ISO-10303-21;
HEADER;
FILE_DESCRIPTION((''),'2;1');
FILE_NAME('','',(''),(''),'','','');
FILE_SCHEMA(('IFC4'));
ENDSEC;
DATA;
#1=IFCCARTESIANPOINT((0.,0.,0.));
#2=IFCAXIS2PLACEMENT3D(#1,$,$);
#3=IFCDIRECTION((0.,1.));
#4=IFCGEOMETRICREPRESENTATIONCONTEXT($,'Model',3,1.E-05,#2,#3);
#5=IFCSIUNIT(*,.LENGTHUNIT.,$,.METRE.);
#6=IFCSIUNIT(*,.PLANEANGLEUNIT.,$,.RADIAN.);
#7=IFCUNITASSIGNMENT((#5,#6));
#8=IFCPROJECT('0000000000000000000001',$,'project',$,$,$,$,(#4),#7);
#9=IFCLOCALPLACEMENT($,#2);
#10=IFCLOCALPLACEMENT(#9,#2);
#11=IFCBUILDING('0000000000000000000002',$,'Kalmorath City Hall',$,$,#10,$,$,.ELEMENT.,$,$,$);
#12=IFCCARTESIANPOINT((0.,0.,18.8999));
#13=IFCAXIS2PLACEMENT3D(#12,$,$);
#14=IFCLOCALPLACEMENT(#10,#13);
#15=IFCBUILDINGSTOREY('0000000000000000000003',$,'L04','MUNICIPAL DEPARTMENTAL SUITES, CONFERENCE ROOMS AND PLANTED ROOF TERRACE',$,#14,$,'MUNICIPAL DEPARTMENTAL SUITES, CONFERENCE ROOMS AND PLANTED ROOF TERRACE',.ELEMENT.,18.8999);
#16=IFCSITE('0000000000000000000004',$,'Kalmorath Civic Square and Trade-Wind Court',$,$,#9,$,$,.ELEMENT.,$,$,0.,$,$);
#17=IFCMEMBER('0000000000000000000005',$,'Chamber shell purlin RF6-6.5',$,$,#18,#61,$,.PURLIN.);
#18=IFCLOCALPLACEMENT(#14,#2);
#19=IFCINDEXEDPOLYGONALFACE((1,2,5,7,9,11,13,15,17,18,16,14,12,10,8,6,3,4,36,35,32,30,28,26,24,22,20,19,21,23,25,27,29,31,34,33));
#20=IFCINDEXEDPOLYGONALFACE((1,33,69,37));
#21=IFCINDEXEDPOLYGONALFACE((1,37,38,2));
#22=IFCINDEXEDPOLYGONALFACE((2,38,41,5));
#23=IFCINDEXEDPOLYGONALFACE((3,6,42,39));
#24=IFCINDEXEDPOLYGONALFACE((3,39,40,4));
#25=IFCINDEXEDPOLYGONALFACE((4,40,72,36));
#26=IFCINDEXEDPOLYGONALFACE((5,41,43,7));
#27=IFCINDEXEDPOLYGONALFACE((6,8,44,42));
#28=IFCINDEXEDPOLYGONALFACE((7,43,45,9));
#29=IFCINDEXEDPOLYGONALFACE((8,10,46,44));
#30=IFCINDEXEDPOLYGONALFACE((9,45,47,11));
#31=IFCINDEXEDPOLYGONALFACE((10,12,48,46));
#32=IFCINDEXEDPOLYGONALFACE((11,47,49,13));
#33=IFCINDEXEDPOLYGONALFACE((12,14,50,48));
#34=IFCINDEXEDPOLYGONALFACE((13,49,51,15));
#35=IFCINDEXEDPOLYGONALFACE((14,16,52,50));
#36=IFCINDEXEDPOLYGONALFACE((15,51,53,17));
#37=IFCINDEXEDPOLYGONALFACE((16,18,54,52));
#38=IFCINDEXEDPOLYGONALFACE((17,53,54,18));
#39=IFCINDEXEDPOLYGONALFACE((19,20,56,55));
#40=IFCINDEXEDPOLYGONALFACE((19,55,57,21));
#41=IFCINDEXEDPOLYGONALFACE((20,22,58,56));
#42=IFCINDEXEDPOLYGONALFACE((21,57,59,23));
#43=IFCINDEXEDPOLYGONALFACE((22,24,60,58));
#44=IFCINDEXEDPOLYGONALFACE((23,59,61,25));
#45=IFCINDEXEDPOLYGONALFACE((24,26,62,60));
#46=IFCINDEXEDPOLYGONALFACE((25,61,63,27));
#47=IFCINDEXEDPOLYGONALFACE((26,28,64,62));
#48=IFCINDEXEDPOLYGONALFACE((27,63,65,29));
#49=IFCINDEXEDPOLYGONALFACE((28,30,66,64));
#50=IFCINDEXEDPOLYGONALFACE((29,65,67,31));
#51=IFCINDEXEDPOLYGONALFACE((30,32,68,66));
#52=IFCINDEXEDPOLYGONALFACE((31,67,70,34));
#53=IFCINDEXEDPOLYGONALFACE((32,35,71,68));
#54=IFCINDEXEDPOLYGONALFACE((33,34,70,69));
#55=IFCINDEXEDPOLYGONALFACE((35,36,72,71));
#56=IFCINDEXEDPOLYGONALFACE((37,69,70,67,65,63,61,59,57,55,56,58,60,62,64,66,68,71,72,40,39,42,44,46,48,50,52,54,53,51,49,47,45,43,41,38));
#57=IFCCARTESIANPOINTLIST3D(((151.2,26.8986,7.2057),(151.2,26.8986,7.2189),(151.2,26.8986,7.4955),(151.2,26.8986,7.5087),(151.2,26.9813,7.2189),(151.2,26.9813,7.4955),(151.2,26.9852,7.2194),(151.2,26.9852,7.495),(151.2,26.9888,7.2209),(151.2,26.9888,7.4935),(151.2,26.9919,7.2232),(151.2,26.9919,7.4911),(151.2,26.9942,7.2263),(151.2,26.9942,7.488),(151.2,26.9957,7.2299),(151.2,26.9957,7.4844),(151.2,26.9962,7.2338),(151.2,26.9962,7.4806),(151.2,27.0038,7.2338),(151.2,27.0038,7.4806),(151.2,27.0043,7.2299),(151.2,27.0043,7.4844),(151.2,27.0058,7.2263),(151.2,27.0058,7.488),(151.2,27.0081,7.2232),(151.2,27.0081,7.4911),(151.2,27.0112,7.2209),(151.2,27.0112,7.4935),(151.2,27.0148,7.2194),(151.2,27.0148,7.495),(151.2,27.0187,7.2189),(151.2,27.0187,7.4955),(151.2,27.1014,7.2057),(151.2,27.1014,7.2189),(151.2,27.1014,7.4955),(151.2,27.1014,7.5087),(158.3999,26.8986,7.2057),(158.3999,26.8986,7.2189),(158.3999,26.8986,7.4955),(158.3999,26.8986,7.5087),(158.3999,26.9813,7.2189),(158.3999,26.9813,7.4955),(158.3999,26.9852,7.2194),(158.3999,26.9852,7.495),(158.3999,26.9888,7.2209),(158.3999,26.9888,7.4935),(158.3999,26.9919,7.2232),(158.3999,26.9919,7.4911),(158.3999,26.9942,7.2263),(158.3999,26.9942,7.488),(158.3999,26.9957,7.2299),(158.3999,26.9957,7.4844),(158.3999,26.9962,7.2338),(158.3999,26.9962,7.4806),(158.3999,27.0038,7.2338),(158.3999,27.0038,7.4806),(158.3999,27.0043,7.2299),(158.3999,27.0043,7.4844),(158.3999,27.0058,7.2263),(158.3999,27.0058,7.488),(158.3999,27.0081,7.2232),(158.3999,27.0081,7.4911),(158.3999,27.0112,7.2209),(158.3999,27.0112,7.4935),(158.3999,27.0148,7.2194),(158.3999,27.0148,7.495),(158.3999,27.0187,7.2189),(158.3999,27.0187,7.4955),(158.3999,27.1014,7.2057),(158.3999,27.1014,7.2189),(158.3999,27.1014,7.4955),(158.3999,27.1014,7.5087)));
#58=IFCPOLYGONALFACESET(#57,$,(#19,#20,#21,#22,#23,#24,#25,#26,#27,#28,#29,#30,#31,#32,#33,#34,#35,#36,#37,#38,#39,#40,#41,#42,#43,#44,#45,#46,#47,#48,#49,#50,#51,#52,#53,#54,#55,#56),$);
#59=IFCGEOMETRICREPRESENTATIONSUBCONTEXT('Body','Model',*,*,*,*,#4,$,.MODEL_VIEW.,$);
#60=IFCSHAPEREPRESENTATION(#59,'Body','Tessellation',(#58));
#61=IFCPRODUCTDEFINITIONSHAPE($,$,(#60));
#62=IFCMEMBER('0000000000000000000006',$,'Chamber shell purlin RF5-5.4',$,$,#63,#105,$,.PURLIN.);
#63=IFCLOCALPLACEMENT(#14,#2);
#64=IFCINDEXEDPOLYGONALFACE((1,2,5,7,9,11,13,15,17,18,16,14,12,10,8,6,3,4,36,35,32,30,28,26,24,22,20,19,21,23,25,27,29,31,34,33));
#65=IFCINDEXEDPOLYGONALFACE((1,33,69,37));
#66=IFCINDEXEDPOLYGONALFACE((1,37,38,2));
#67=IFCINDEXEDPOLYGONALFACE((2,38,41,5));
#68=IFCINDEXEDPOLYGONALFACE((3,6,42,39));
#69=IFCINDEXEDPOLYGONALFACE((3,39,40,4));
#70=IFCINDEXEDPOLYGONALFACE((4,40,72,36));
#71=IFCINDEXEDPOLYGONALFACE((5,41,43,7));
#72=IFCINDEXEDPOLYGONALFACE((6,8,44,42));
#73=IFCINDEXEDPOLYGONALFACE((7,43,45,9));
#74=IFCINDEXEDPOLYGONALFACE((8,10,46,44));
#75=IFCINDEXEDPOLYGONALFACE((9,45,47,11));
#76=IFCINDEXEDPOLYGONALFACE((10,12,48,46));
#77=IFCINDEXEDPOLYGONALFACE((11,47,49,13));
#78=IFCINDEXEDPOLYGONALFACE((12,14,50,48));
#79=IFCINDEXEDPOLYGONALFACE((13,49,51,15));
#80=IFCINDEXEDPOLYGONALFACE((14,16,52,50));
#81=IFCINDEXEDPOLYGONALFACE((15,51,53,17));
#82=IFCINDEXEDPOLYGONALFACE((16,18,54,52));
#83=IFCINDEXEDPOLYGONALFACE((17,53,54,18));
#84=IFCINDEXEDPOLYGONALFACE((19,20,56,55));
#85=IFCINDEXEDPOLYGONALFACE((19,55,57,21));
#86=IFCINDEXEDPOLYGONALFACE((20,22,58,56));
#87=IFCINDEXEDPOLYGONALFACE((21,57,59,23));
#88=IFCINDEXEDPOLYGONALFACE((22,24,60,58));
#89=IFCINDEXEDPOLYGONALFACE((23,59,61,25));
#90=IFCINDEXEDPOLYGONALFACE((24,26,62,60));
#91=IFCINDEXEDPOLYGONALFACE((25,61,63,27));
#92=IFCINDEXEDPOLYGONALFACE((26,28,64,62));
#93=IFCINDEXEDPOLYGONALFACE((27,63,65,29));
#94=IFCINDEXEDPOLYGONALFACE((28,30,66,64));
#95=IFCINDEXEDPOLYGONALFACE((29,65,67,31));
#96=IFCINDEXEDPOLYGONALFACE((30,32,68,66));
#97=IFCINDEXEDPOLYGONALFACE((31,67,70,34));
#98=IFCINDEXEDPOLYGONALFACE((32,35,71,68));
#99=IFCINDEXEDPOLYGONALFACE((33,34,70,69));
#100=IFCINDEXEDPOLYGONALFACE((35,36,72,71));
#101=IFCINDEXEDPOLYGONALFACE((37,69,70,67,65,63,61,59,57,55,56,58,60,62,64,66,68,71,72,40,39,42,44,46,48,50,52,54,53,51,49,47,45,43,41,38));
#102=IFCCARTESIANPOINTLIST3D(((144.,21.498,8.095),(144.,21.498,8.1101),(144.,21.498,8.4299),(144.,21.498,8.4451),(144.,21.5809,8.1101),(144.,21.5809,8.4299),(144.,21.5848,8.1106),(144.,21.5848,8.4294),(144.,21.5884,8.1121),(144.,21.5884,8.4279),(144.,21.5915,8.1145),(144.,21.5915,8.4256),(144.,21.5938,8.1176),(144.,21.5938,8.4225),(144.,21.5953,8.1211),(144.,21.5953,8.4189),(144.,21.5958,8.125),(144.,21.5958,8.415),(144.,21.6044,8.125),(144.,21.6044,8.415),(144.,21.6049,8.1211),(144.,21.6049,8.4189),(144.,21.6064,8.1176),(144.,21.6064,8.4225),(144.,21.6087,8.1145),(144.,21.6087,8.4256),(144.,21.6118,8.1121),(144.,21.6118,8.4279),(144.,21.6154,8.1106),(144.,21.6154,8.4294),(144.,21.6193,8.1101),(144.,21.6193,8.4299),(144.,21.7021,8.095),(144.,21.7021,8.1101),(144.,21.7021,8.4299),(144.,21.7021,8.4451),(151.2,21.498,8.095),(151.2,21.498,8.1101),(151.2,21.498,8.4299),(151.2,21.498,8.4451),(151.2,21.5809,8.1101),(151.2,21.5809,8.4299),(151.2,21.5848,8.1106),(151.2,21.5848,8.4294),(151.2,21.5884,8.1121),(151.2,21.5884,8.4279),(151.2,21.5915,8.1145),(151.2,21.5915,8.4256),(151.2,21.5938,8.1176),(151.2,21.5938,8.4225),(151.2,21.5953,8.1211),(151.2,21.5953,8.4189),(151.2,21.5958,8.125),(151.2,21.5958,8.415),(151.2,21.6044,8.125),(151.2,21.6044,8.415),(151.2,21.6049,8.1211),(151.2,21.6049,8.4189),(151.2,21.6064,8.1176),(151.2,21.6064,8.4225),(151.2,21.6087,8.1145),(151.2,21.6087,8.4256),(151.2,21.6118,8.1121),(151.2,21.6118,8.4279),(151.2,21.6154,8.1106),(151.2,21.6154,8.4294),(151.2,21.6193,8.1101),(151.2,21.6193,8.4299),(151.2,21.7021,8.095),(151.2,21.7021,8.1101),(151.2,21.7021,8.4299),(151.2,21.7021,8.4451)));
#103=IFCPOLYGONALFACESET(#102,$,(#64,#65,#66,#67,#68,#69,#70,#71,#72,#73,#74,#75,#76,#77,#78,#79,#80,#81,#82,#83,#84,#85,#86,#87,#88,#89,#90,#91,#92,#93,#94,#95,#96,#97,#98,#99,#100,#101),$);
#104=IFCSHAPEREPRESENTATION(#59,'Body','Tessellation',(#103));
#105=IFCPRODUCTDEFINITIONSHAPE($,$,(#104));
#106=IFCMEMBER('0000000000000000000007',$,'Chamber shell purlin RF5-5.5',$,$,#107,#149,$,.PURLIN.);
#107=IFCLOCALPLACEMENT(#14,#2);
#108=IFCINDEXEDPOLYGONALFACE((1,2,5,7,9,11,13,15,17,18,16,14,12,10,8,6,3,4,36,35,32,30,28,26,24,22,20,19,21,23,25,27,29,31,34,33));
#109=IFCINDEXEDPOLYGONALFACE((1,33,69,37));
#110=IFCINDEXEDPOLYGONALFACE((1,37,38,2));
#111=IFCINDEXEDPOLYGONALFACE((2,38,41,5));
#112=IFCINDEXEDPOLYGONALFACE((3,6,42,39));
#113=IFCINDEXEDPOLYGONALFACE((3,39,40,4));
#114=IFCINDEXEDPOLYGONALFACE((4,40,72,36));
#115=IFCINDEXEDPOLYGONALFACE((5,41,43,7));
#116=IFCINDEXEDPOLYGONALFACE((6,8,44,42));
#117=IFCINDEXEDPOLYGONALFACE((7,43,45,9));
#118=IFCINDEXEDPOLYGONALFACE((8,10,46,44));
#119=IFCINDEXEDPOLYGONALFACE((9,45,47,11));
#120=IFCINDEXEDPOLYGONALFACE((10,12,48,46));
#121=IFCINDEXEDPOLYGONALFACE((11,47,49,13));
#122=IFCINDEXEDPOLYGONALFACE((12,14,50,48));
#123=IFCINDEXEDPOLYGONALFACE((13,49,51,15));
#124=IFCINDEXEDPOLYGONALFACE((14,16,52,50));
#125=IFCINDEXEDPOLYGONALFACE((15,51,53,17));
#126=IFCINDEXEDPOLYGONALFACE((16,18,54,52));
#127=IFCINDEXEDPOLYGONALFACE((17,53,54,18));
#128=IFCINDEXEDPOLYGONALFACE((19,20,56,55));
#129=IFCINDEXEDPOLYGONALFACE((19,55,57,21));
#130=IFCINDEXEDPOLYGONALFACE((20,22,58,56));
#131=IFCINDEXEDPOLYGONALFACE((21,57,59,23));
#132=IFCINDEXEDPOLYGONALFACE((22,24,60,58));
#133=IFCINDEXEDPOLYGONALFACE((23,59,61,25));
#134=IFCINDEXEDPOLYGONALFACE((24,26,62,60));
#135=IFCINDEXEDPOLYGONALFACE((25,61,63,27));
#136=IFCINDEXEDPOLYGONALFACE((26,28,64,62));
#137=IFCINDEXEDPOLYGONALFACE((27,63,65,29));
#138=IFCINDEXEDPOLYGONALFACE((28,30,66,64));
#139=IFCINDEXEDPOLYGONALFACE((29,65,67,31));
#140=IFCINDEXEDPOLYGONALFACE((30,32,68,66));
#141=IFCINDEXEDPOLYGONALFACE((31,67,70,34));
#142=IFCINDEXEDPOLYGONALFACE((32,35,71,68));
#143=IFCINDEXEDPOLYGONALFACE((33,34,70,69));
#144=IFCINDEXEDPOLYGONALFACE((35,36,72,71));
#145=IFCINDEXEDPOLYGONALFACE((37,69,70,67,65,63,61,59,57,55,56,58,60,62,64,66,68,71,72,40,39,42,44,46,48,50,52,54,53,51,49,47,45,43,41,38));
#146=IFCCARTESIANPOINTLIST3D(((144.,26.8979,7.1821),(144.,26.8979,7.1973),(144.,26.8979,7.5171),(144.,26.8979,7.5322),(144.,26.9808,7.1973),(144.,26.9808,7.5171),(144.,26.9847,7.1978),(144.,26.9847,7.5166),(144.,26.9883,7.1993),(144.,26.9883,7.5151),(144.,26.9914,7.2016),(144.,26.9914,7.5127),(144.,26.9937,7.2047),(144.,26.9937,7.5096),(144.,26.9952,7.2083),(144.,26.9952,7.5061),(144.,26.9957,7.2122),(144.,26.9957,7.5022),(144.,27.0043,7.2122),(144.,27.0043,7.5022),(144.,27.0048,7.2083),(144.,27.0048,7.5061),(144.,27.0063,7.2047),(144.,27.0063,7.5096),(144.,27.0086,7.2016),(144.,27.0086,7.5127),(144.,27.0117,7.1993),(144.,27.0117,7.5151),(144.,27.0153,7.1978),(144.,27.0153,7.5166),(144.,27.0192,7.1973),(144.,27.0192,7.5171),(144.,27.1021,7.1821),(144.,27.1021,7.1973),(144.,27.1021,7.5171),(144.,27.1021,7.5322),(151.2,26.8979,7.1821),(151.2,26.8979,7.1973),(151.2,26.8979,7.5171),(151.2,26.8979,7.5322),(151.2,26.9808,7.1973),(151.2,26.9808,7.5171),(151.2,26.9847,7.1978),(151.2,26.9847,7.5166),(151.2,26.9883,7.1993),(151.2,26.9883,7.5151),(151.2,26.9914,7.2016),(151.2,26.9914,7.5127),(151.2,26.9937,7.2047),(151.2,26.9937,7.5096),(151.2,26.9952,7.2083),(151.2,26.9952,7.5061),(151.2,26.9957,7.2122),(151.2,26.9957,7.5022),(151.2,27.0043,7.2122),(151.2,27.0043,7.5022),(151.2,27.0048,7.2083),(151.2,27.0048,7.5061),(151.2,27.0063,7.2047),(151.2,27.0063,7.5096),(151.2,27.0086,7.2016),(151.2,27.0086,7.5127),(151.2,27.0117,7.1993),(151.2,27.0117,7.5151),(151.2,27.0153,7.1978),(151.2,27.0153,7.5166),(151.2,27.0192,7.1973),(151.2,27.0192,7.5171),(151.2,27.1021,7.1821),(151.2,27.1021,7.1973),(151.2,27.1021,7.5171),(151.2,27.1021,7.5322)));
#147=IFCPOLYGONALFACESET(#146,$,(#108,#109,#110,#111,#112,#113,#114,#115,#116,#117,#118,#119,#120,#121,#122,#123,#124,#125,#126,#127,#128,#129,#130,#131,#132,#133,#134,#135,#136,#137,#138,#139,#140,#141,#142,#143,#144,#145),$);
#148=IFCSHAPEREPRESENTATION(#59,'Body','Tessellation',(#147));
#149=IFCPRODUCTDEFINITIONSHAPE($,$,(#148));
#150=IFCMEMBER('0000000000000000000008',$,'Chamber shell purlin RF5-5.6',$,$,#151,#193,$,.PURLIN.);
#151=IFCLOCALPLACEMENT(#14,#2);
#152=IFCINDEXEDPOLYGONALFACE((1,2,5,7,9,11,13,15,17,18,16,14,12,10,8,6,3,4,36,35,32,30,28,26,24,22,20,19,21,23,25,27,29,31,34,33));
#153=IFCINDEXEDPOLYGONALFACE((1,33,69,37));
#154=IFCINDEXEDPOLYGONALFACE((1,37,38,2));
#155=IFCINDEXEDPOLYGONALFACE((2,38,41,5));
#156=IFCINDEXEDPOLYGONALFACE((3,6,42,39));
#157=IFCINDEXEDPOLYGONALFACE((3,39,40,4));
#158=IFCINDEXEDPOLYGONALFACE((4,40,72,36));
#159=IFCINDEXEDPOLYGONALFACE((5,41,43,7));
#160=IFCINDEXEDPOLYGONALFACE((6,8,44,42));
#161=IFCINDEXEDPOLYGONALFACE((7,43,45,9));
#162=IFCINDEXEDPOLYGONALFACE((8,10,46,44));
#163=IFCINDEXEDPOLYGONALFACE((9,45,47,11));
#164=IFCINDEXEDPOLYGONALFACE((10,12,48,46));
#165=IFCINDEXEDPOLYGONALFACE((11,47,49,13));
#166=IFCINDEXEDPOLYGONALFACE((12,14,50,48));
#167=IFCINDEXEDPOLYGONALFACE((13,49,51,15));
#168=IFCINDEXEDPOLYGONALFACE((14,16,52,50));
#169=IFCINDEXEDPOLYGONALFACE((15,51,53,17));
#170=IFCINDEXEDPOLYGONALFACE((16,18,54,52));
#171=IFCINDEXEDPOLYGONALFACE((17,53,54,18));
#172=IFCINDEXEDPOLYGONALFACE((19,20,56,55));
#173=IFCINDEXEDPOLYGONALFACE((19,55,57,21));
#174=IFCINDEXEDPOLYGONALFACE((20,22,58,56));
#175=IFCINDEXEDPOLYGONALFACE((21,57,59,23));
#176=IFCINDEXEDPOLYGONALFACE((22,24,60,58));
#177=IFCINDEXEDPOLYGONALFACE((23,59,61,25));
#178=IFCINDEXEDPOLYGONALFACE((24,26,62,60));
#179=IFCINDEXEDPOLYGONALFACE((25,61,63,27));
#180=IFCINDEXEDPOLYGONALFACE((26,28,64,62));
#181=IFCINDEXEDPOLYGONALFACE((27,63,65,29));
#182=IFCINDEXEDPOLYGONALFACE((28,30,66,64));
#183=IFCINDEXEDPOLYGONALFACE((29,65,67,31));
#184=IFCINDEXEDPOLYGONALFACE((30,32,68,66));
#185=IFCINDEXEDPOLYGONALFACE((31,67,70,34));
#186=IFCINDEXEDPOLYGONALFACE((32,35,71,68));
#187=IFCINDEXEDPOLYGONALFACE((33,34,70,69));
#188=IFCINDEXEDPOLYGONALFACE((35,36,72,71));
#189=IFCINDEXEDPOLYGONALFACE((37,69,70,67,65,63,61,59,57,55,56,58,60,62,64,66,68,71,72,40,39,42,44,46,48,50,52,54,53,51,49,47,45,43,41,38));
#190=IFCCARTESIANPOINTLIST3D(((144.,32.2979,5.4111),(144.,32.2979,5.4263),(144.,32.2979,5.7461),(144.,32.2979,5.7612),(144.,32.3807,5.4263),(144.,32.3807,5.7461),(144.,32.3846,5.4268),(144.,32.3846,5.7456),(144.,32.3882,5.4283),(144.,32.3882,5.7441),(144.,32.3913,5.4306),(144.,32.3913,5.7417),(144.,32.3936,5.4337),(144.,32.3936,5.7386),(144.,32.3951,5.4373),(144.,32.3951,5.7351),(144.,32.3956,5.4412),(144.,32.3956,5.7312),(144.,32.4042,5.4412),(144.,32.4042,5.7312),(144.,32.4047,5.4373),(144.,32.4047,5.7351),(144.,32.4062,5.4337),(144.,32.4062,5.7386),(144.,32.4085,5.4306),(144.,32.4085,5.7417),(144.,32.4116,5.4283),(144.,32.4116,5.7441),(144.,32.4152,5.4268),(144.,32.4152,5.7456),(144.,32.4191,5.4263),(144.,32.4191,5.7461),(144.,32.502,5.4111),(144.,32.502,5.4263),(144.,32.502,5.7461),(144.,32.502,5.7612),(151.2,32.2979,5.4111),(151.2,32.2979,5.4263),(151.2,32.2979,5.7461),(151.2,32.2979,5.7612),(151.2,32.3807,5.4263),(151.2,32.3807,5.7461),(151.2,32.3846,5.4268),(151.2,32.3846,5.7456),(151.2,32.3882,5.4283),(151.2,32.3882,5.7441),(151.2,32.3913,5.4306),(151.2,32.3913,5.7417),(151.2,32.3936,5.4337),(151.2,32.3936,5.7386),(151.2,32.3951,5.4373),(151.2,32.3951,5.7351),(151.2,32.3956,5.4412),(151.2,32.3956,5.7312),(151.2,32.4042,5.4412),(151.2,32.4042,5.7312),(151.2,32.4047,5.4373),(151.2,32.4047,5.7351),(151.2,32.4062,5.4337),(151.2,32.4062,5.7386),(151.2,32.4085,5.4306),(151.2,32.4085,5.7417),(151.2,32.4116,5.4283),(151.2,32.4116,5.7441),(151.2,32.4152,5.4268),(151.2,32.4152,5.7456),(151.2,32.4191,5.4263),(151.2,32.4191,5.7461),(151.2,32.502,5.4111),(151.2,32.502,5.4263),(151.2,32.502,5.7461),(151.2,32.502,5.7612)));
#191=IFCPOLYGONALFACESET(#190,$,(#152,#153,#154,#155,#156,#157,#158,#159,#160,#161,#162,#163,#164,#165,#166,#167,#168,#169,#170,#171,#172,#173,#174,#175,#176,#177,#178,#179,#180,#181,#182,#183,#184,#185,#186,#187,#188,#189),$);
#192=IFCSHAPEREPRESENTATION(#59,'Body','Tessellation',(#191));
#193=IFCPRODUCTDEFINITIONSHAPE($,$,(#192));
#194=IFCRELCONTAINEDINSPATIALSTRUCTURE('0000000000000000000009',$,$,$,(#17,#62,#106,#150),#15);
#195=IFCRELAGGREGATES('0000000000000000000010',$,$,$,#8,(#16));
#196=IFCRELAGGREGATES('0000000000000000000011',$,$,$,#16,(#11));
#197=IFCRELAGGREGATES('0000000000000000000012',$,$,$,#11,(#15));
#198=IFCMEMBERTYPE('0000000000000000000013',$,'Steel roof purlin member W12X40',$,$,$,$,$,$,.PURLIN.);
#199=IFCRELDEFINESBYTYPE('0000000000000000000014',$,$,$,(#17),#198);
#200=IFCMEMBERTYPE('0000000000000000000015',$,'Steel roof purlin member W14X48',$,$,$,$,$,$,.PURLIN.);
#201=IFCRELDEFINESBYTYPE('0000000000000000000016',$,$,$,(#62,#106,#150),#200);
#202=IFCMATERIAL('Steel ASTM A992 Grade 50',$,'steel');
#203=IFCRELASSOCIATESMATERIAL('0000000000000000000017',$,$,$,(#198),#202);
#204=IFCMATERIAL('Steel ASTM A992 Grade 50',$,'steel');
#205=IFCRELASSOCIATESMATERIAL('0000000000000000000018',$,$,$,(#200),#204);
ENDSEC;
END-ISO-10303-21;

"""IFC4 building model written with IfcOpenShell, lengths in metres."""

from ifc_helpers import new_model, si_unit, direction, frame, origin, origin_2d, place, context, subcontext, project, spatial, i_section, extrude, material, material_profile, profile_set, type_object, element, save


model = new_model("IFC4")

# Units and contexts
model_context = context("Model", 3, precision=1e-05, world=origin(), true_north=direction((0.0, 1.0)))
body_context = subcontext(model_context, "Body", "Model", "MODEL_VIEW")
ifc_project = project(units=[si_unit("LENGTHUNIT", "METRE"), si_unit("PLANEANGLEUNIT", "RADIAN")], contexts=[model_context])

# Site, building, storey
site_placement = place(None, origin())
site = spatial("IfcSite", under=ifc_project, at=site_placement, Name="Kalmorath Civic Square and Trade-Wind Court", CompositionType="ELEMENT", RefElevation=0.0)
building_placement = place(site_placement, origin())
building = spatial("IfcBuilding", under=site, at=building_placement, Name="Kalmorath City Hall", CompositionType="ELEMENT")
storey_placement = place(building_placement, frame((0.0, 0.0, 18.8999)))
storey = spatial("IfcBuildingStorey", under=building, at=storey_placement, Name="L04", Description="MUNICIPAL DEPARTMENTAL SUITES, CONFERENCE ROOMS AND PLANTED ROOF TERRACE", LongName="MUNICIPAL DEPARTMENTAL SUITES, CONFERENCE ROOMS AND PLANTED ROOF TERRACE", CompositionType="ELEMENT", Elevation=18.8999)

# Members
ifc_material_1 = material(Name="Steel ASTM A992 Grade 50", Category="steel")
ifc_material_profile_1 = material_profile(ifc_material_1, i_section(OverallWidth=0.2029, OverallDepth=0.303, WebThickness=0.0076, FlangeThickness=0.0132, FilletRadius=0.0149, at=origin_2d()), Name="W12X40")
ifc_profile_set_1 = profile_set([ifc_material_profile_1], Name="Steel ASTM A992 Grade 50")
member_type_1 = type_object("IfcMemberType", Name="Steel roof purlin member W12X40", PredefinedType="PURLIN", material=ifc_profile_set_1)
for number, where, z_axis, x_axis, name in (
    (1, (151.2, 27.0, 7.3572), (1.0, 0.0, 0.0), (0.0, 1.0, 0.0), "Chamber shell purlin RF6-6.5"),
):
    element("IfcMember", number, at=place(storey_placement, frame(where, z_axis=z_axis, x_axis=x_axis)), inside=storey, type_object=member_type_1, Name=name, PredefinedType="PURLIN", context=body_context, shape_type="SweptSolid", body=[
        extrude(i_section(OverallWidth=0.2029, OverallDepth=0.303, WebThickness=0.0076, FlangeThickness=0.0132, FilletRadius=0.0149, at=origin_2d()), origin(), (0.0, 0.0, 1.0), 7.2),
    ])
ifc_material_2 = material(Name="Steel ASTM A992 Grade 50", Category="steel")
ifc_material_profile_2 = material_profile(ifc_material_2, i_section(OverallWidth=0.2041, OverallDepth=0.3501, WebThickness=0.0085, FlangeThickness=0.0151, FilletRadius=0.0149, at=origin_2d()), Name="W14X48")
ifc_profile_set_2 = profile_set([ifc_material_profile_2], Name="Steel ASTM A992 Grade 50")
member_type_2 = type_object("IfcMemberType", Name="Steel roof purlin member W14X48", PredefinedType="PURLIN", material=ifc_profile_set_2)
for number, where, z_axis, x_axis, name in (
    (2, (144.0, 21.6001, 8.27), (1.0, 0.0, 0.0), (0.0, 1.0, 0.0), "Chamber shell purlin RF5-5.4"),
    (3, (144.0, 27.0, 7.3572), (1.0, 0.0, 0.0), (0.0, 1.0, 0.0), "Chamber shell purlin RF5-5.5"),
    (4, (144.0, 32.3999, 5.5862), (1.0, 0.0, 0.0), (0.0, 1.0, 0.0), "Chamber shell purlin RF5-5.6"),
):
    element("IfcMember", number, at=place(storey_placement, frame(where, z_axis=z_axis, x_axis=x_axis)), inside=storey, type_object=member_type_2, Name=name, PredefinedType="PURLIN", context=body_context, shape_type="SweptSolid", body=[
        extrude(i_section(OverallWidth=0.2041, OverallDepth=0.3501, WebThickness=0.0085, FlangeThickness=0.0151, FilletRadius=0.0149, at=origin_2d()), origin(), (0.0, 0.0, 1.0), 7.2),
    ])

save(model, "model.ifc")
